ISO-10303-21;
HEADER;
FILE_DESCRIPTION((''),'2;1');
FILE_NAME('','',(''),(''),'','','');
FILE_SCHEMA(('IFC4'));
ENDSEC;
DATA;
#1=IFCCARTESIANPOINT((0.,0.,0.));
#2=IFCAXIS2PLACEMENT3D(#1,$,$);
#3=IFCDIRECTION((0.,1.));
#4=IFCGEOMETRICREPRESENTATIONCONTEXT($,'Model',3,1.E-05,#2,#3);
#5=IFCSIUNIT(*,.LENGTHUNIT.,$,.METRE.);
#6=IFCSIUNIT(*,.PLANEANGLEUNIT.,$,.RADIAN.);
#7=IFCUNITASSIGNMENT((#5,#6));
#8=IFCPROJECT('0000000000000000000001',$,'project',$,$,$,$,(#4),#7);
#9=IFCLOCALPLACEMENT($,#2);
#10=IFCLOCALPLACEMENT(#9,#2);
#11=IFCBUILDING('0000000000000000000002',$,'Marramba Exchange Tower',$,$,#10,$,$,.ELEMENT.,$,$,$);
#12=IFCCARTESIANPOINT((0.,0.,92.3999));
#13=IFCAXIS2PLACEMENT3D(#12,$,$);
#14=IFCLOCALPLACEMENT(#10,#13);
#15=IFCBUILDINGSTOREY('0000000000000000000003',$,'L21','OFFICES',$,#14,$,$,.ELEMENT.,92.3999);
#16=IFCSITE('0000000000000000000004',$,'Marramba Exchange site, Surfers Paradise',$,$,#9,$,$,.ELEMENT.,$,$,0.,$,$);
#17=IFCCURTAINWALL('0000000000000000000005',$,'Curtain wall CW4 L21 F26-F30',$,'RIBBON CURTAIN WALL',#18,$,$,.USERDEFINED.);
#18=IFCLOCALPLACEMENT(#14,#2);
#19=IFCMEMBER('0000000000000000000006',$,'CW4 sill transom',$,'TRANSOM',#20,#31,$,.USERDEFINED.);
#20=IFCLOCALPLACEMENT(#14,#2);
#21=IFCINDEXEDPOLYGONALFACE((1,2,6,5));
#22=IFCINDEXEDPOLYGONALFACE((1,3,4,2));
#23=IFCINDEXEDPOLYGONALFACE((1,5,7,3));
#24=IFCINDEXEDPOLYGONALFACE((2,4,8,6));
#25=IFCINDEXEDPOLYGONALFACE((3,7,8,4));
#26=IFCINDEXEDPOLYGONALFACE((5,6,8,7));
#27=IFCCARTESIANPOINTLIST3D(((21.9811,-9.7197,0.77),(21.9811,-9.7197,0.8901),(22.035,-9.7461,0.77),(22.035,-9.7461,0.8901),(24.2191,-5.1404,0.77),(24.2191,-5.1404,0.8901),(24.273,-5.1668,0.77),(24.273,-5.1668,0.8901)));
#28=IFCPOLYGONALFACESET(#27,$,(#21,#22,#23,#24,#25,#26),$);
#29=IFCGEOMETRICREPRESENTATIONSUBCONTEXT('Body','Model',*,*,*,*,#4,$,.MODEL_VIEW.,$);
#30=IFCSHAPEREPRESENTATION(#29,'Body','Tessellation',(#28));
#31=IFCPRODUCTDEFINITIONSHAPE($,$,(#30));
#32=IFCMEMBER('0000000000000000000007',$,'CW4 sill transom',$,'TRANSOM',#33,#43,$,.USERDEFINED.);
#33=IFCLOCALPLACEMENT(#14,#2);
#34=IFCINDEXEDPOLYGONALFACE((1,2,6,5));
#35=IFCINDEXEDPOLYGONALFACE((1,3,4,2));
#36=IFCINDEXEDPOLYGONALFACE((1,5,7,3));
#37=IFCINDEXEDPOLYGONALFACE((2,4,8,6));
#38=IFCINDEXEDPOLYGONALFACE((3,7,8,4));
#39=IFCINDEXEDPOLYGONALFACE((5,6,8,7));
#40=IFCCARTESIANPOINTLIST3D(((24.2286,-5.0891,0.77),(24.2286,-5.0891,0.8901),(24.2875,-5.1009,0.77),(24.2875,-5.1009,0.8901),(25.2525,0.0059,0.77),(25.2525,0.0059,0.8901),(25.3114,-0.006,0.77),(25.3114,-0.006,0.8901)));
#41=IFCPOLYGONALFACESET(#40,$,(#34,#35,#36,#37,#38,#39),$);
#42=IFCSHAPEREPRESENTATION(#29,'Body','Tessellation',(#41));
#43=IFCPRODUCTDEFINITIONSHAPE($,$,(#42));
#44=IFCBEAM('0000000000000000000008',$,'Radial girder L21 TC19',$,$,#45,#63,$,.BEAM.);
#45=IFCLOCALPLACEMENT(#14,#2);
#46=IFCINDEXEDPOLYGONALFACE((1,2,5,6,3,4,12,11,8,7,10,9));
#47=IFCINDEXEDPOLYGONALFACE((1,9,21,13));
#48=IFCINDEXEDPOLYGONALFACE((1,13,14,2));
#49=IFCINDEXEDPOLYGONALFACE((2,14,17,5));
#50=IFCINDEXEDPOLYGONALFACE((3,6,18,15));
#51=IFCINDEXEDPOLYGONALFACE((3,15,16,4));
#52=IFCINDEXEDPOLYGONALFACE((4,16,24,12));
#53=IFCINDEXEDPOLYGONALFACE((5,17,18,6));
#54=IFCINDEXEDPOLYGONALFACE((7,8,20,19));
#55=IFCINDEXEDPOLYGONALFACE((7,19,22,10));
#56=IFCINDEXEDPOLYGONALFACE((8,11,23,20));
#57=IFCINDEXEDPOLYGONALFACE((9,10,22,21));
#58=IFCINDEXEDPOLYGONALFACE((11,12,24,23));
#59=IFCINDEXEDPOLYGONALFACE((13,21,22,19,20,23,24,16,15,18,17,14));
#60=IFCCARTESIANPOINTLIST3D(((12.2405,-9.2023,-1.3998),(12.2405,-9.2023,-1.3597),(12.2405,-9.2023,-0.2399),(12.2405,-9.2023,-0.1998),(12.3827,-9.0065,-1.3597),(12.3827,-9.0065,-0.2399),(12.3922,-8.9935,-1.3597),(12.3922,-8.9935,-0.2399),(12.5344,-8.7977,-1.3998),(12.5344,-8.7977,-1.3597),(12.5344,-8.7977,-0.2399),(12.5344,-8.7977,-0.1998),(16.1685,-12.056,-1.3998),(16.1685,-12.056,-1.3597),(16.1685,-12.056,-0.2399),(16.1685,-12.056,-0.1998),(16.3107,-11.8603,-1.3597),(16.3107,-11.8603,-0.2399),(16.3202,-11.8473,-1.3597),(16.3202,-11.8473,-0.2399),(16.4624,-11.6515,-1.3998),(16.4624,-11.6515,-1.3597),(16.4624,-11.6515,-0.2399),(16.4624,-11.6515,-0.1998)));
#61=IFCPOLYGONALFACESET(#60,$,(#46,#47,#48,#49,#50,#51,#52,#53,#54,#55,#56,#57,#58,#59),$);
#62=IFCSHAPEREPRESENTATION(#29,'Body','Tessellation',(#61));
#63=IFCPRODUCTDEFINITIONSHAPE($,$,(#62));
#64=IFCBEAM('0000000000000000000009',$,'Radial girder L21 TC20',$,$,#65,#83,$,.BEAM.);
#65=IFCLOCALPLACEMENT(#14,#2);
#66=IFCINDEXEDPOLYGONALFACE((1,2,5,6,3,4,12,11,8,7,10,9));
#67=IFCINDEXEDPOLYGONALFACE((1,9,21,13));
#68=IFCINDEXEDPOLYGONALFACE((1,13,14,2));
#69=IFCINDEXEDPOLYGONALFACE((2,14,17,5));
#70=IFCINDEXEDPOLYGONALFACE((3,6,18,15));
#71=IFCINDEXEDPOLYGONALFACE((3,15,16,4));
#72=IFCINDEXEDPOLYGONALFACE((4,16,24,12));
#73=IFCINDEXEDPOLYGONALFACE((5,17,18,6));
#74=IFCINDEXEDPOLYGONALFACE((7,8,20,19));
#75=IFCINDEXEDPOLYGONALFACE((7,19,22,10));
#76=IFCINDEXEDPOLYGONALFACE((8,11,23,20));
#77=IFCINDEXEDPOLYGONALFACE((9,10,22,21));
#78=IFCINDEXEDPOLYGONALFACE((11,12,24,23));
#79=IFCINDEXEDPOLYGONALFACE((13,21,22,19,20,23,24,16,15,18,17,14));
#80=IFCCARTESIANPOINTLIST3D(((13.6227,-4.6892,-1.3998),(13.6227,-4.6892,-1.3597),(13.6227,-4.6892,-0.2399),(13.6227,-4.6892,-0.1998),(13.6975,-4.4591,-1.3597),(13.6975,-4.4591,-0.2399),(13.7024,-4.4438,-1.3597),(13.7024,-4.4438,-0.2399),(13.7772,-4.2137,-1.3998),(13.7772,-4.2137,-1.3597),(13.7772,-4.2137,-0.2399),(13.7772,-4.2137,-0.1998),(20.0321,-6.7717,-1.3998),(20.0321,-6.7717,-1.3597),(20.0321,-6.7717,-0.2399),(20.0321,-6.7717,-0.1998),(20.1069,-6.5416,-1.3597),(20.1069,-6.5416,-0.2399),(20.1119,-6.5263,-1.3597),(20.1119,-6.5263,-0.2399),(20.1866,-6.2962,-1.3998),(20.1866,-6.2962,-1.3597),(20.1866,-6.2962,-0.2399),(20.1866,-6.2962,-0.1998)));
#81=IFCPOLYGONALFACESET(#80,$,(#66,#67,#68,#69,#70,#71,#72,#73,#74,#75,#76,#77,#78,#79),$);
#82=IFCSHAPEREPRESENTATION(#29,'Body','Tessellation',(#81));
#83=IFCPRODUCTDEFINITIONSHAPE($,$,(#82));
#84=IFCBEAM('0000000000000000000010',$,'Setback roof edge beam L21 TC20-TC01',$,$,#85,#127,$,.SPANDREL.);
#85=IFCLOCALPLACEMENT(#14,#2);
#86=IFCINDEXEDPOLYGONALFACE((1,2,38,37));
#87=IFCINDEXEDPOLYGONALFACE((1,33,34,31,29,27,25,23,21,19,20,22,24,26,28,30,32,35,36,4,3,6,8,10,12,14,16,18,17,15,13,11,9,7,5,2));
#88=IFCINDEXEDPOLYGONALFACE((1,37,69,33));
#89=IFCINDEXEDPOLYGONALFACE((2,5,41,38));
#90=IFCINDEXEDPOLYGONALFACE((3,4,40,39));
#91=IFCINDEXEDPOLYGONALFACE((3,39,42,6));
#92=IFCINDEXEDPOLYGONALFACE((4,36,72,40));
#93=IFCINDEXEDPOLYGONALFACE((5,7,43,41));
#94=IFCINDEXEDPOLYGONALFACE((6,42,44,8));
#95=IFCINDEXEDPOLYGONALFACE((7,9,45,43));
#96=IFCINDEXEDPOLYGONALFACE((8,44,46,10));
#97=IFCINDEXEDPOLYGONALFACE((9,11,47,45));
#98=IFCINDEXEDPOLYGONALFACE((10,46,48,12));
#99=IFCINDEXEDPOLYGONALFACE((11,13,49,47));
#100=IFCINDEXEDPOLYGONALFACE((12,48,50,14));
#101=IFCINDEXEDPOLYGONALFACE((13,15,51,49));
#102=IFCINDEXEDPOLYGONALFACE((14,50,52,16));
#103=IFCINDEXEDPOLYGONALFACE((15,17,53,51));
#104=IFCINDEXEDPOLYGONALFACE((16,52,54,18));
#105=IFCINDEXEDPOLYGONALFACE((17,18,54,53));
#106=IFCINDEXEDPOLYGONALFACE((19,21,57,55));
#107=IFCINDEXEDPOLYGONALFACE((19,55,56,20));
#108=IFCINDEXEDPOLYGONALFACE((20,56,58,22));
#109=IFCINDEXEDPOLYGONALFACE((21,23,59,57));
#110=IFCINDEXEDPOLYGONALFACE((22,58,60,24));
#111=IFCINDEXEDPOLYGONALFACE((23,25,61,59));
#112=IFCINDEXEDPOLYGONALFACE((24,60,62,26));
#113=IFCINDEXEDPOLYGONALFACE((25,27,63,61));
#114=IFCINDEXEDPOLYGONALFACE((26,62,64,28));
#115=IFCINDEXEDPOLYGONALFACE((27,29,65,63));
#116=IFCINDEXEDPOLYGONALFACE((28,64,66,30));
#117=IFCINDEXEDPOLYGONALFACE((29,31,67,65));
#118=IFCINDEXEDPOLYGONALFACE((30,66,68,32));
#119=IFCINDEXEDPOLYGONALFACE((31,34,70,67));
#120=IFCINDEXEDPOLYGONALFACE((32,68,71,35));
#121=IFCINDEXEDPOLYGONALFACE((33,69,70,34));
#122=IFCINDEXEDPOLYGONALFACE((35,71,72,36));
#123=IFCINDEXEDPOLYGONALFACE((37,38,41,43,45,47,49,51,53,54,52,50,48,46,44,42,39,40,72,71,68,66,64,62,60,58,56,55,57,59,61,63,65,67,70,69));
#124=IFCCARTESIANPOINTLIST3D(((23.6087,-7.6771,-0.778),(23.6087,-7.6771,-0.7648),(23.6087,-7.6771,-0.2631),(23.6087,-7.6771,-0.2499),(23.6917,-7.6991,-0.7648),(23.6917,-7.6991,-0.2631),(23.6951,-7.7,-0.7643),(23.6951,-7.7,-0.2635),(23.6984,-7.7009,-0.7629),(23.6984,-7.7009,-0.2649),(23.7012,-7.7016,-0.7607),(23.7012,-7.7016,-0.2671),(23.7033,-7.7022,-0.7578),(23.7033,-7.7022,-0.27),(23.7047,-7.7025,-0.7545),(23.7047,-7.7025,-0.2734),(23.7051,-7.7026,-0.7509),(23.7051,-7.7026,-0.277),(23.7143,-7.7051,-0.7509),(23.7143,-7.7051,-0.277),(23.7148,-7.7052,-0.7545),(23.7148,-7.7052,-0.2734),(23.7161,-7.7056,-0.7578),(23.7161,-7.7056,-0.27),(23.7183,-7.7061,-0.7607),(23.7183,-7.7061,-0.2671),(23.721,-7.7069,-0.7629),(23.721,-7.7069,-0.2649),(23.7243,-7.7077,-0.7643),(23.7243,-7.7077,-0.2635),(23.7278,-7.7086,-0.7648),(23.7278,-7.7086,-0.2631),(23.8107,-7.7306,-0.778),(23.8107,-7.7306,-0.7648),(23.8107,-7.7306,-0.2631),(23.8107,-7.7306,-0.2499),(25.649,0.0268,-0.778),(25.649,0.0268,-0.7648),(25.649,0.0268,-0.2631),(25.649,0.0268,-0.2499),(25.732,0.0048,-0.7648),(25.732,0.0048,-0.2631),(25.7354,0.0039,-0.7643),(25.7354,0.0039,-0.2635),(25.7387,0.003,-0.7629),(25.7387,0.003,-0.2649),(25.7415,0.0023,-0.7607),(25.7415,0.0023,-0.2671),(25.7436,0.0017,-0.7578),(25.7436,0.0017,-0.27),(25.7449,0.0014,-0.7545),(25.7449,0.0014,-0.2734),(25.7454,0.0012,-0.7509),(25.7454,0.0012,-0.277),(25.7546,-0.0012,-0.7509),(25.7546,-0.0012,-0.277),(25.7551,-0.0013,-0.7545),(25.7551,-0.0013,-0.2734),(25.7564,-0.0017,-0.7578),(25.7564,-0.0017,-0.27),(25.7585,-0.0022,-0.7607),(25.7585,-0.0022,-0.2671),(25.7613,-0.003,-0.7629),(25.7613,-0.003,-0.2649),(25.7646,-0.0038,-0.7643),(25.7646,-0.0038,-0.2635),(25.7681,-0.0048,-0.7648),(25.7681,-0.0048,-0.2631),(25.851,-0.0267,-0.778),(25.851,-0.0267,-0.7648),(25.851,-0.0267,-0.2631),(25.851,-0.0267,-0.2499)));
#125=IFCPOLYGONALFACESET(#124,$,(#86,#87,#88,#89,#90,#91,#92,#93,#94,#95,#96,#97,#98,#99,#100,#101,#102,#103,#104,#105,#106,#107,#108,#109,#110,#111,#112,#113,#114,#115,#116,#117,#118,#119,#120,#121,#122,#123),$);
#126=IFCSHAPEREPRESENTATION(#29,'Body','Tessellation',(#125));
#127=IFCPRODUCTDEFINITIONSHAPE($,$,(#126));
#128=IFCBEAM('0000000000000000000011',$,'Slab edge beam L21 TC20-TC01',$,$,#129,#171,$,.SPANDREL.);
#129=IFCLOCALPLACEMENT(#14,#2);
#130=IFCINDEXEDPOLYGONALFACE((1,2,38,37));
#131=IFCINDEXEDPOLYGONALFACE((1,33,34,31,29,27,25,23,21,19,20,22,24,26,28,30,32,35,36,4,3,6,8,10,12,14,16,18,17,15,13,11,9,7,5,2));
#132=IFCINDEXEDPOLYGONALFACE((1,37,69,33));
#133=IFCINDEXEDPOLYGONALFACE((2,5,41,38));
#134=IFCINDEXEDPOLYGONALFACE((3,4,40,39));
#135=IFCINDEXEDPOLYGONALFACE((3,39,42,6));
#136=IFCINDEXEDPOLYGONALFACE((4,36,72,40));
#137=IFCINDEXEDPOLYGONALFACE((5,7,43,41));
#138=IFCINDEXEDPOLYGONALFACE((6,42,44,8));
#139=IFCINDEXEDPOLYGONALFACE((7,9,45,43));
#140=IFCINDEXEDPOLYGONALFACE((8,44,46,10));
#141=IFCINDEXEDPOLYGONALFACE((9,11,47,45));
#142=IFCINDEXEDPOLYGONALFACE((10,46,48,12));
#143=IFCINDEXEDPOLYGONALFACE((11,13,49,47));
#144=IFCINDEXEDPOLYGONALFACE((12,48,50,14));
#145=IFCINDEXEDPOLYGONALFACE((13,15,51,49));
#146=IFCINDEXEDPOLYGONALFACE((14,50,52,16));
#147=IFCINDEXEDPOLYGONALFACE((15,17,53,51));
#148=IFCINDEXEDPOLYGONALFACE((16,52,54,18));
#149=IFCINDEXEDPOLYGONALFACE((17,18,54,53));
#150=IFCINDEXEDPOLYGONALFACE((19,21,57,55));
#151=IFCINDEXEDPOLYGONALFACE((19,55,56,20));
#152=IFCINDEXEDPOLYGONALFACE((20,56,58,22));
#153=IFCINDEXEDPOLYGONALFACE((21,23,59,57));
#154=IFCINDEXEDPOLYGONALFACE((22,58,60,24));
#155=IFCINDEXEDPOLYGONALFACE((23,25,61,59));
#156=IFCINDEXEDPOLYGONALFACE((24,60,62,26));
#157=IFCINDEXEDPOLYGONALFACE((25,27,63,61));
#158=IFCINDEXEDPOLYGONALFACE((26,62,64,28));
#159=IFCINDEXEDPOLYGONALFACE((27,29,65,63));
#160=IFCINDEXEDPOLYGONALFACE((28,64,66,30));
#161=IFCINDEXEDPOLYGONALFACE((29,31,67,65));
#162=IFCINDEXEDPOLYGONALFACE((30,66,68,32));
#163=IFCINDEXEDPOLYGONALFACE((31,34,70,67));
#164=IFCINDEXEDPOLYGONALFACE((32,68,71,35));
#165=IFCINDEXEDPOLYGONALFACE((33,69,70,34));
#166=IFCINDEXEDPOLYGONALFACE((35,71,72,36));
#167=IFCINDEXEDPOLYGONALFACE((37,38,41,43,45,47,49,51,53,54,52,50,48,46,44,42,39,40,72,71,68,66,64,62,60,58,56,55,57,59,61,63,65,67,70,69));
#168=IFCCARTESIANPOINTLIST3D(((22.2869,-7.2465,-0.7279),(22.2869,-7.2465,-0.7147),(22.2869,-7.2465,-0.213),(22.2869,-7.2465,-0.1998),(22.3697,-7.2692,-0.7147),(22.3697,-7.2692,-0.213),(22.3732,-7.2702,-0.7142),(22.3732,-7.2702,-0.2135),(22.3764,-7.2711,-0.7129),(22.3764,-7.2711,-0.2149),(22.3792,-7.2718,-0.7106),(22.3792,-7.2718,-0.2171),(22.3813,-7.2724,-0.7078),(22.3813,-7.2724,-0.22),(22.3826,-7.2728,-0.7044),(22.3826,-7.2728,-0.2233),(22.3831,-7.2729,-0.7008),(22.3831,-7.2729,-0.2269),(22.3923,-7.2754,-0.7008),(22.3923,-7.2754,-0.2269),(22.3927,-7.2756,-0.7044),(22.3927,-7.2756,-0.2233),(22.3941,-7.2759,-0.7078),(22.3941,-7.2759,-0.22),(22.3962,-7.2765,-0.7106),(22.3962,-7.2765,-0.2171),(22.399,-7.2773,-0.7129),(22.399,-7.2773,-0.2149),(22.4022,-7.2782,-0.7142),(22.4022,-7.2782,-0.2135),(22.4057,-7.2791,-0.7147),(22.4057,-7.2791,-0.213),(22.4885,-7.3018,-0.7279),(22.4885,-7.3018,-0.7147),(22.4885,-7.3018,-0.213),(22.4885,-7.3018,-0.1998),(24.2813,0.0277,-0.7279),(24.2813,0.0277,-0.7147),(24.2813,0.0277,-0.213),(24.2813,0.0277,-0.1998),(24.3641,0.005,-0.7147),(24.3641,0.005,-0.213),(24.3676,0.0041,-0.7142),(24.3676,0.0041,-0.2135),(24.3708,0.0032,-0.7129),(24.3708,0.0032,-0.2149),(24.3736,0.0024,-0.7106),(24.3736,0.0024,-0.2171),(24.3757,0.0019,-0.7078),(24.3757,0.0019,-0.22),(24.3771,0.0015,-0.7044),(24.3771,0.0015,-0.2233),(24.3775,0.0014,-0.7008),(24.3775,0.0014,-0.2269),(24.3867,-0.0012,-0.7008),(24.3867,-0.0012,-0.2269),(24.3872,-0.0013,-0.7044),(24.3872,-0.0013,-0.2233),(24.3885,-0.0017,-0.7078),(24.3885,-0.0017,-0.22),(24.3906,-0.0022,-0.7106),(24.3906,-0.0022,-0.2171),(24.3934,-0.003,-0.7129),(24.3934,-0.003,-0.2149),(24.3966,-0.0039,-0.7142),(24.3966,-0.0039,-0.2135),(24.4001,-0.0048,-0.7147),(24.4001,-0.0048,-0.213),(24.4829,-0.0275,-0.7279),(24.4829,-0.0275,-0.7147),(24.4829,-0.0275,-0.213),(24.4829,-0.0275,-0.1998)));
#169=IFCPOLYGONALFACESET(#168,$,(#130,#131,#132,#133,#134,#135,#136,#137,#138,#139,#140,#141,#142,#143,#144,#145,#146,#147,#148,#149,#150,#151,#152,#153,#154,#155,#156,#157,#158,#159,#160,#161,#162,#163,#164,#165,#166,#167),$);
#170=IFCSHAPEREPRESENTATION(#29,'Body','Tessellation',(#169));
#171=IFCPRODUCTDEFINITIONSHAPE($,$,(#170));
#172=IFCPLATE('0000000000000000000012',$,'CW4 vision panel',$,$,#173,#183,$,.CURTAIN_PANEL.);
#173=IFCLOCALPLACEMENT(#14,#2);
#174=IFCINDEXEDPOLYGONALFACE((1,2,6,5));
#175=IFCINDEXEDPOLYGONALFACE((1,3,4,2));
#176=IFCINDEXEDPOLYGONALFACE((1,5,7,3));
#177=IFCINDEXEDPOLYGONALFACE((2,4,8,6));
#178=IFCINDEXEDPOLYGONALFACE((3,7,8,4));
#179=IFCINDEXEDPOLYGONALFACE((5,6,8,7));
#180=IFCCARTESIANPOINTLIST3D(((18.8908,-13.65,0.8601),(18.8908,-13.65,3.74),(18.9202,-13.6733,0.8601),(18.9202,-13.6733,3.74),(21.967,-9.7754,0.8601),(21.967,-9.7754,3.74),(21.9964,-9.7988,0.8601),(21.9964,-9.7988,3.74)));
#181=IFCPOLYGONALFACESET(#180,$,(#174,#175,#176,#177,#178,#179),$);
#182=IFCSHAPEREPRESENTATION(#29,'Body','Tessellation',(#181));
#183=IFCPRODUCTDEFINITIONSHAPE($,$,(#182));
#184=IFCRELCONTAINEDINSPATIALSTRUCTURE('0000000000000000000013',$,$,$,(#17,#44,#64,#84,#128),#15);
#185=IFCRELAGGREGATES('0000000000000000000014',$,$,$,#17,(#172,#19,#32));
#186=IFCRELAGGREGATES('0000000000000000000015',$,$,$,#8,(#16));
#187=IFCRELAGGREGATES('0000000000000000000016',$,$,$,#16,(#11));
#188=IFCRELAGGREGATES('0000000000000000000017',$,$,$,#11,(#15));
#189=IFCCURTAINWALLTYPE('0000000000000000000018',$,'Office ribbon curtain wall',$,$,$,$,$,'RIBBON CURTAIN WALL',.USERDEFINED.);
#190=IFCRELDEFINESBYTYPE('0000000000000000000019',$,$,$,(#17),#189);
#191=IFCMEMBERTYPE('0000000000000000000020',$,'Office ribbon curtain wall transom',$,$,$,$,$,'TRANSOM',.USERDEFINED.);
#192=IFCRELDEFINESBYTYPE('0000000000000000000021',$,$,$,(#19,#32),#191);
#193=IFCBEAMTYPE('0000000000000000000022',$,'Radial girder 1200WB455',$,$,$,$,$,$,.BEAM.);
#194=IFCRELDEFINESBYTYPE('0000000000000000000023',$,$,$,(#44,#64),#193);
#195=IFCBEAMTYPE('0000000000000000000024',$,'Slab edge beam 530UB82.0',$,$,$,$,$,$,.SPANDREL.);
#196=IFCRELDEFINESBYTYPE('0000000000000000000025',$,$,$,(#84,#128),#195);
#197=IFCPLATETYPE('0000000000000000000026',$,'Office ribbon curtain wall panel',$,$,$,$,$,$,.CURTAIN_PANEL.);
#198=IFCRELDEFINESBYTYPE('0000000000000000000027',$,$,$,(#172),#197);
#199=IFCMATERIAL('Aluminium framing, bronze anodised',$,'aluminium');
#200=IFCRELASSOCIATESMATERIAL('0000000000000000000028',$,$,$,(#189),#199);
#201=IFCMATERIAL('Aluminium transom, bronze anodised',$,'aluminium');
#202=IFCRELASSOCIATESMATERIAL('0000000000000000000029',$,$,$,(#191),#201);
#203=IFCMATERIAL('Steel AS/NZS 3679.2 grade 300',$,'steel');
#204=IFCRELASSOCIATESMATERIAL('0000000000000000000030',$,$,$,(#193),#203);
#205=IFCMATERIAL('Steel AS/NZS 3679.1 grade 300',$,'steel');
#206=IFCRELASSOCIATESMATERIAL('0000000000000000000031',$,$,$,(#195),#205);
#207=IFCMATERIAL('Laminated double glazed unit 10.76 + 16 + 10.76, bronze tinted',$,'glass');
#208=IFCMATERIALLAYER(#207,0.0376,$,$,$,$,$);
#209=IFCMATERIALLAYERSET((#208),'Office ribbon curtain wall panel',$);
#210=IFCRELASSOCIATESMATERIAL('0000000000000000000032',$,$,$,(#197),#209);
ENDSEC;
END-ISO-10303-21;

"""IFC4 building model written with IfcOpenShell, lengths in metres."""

from ifc_helpers import new_model, si_unit, direction, frame, origin, origin_2d, place, context, subcontext, project, spatial, rectangle, i_section, extrude, material, layer, layer_set, material_profile, profile_set, type_object, element, aggregate, save


model = new_model("IFC4")

# Units and contexts
model_context = context("Model", 3, precision=1e-05, world=origin(), true_north=direction((0.0, 1.0)))
body_context = subcontext(model_context, "Body", "Model", "MODEL_VIEW")
ifc_project = project(units=[si_unit("LENGTHUNIT", "METRE"), si_unit("PLANEANGLEUNIT", "RADIAN")], contexts=[model_context])

# Site, building, storey
site_placement = place(None, origin())
site = spatial("IfcSite", under=ifc_project, at=site_placement, Name="Marramba Exchange site, Surfers Paradise", CompositionType="ELEMENT", RefElevation=0.0)
building_placement = place(site_placement, origin())
building = spatial("IfcBuilding", under=site, at=building_placement, Name="Marramba Exchange Tower", CompositionType="ELEMENT")
storey_placement = place(building_placement, frame((0.0, 0.0, 92.3999)))
storey = spatial("IfcBuildingStorey", under=building, at=storey_placement, Name="L21", Description="OFFICES", CompositionType="ELEMENT", Elevation=92.3999)

# Shared definitions
ifc_material_1 = material(Name="Steel AS/NZS 3679.2 grade 300", Category="steel")

# Shared definitions
ifc_material_2 = material(Name="Steel AS/NZS 3679.1 grade 300", Category="steel")

# Curtain wall, members
ifc_material_3 = material(Name="Aluminium framing, bronze anodised", Category="aluminium")
curtain_wall_type = type_object("IfcCurtainWallType", Name="Office ribbon curtain wall", ElementType="RIBBON CURTAIN WALL", PredefinedType="USERDEFINED", material=ifc_material_3)
curtain_wall_placement = place(storey_placement, origin())
curtain_wall = element("IfcCurtainWall", 1, at=curtain_wall_placement, inside=storey, type_object=curtain_wall_type, Name="Curtain wall CW4 L21 F26-F30", ObjectType="RIBBON CURTAIN WALL", PredefinedType="USERDEFINED")
ifc_material_4 = material(Name="Aluminium transom, bronze anodised", Category="aluminium")
ifc_material_profile_1 = material_profile(ifc_material_4, rectangle(XDim=0.0601, YDim=0.1201, at=origin_2d()), Name="CW4 transom 60x120")
ifc_profile_set_1 = profile_set([ifc_material_profile_1], Name="Aluminium transom, bronze anodised")
member_type_1 = type_object("IfcMemberType", Name="Office ribbon curtain wall transom", ElementType="TRANSOM", PredefinedType="USERDEFINED", material=ifc_profile_set_1)
member_1_placement = place(storey_placement, frame((22.0081, -9.7329, 0.8301), z_axis=(0.439091, 0.898443, 0.0), x_axis=(-0.898443, 0.439091, 0.0)))
member_1 = element("IfcMember", 2, at=member_1_placement, type_object=member_type_1, Name="CW4 sill transom", ObjectType="TRANSOM", PredefinedType="USERDEFINED", context=body_context, shape_type="SweptSolid", body=[
    extrude(rectangle(XDim=0.0601, YDim=0.1201, at=origin_2d()), origin(), (0.0, 0.0, 1.0), 5.0969),
])
member_2_placement = place(storey_placement, frame((24.2581, -5.095, 0.8301), z_axis=(0.197029, 0.980398, 0.0), x_axis=(-0.980398, 0.197029, 0.0)))
member_2 = element("IfcMember", 3, at=member_2_placement, type_object=member_type_1, Name="CW4 sill transom", ObjectType="TRANSOM", PredefinedType="USERDEFINED", context=body_context, shape_type="SweptSolid", body=[
    extrude(rectangle(XDim=0.0601, YDim=0.1201, at=origin_2d()), origin(), (0.0, 0.0, 1.0), 5.1968),
])

# Beams
ifc_material_profile_2 = material_profile(ifc_material_1, i_section(OverallWidth=0.5, OverallDepth=1.2, WebThickness=0.0161, FlangeThickness=0.04, at=origin_2d()), Name="1200WB455")
ifc_profile_set_2 = profile_set([ifc_material_profile_2], Name="Steel AS/NZS 3679.2 grade 300")
beam_type_1 = type_object("IfcBeamType", Name="Radial girder 1200WB455", PredefinedType="BEAM", material=ifc_profile_set_2)
beam_1_placement = place(storey_placement, frame((12.3875, -9.0, -0.7998), z_axis=(0.809025, -0.587774, 0.0), x_axis=(0.587774, 0.809025, 0.0)))
element("IfcBeam", 4, at=beam_1_placement, inside=storey, type_object=beam_type_1, Name="Radial girder L21 TC19", PredefinedType="BEAM", context=body_context, shape_type="SweptSolid", body=[
    extrude(i_section(OverallWidth=0.5, OverallDepth=1.2, WebThickness=0.0161, FlangeThickness=0.04, at=origin_2d()), origin(), (0.0, 0.0, 1.0), 4.8552),
])
beam_2_placement = place(storey_placement, frame((13.7, -4.4514, -0.7998), z_axis=(0.951058, -0.309013, 0.0), x_axis=(0.309013, 0.951058, 0.0)))
element("IfcBeam", 5, at=beam_2_placement, inside=storey, type_object=beam_type_1, Name="Radial girder L21 TC20", PredefinedType="BEAM", context=body_context, shape_type="SweptSolid", body=[
    extrude(i_section(OverallWidth=0.5, OverallDepth=1.2, WebThickness=0.0161, FlangeThickness=0.04, at=origin_2d()), origin(), (0.0, 0.0, 1.0), 6.7393),
])
ifc_material_profile_3 = material_profile(ifc_material_2, i_section(OverallWidth=0.209, OverallDepth=0.5281, WebThickness=0.0095, FlangeThickness=0.0132, FilletRadius=0.0139, at=origin_2d()), Name="530UB82.0")
ifc_profile_set_3 = profile_set([ifc_material_profile_3], Name="Steel AS/NZS 3679.1 grade 300")
beam_type_2 = type_object("IfcBeamType", Name="Slab edge beam 530UB82.0", PredefinedType="SPANDREL", material=ifc_profile_set_3)
beam_3_placement = place(storey_placement, frame((23.7097, -7.7039, -0.5139), z_axis=(0.256013, 0.966673, 0.0), x_axis=(-0.966673, 0.256013, 0.0)))
element("IfcBeam", 6, at=beam_3_placement, inside=storey, type_object=beam_type_2, Name="Setback roof edge beam L21 TC20-TC01", PredefinedType="SPANDREL", context=body_context, shape_type="SweptSolid", body=[
    extrude(i_section(OverallWidth=0.209, OverallDepth=0.5281, WebThickness=0.0095, FlangeThickness=0.0132, FilletRadius=0.0139, at=origin_2d()), origin(), (0.0, 0.0, 1.0), 7.9695),
])
beam_4_placement = place(storey_placement, frame((22.3877, -7.2742, -0.4639), z_axis=(0.264415, 0.964409, 0.0), x_axis=(-0.964409, 0.264415, 0.0)))
element("IfcBeam", 7, at=beam_4_placement, inside=storey, type_object=beam_type_2, Name="Slab edge beam L21 TC20-TC01", PredefinedType="SPANDREL", context=body_context, shape_type="SweptSolid", body=[
    extrude(i_section(OverallWidth=0.209, OverallDepth=0.5281, WebThickness=0.0095, FlangeThickness=0.0132, FilletRadius=0.0139, at=origin_2d()), origin(), (0.0, 0.0, 1.0), 7.5427),
])

# Plate
ifc_material_5 = material(Name="Laminated double glazed unit 10.76 + 16 + 10.76, bronze tinted", Category="glass")
ifc_layer_1 = layer(ifc_material_5, 0.0376)
ifc_layer_set_1 = layer_set([ifc_layer_1], Name="Office ribbon curtain wall panel")
plate_type = type_object("IfcPlateType", Name="Office ribbon curtain wall panel", PredefinedType="CURTAIN_PANEL", material=ifc_layer_set_1)
plate_1_placement = place(storey_placement, frame((20.4436, -11.7244, 0.8601), z_axis=(0.0, 0.0, 1.0), x_axis=(0.621807, 0.78317, 0.0)))
plate_1 = element("IfcPlate", 8, at=plate_1_placement, type_object=plate_type, Name="CW4 vision panel", PredefinedType="CURTAIN_PANEL", context=body_context, shape_type="SweptSolid", body=[
    extrude(rectangle(XDim=4.9473, YDim=0.0376, at=origin_2d()), origin(), (0.0, 0.0, 1.0), 2.8799),
])
aggregate(curtain_wall, [plate_1, member_1, member_2])

save(model, "model.ifc")
